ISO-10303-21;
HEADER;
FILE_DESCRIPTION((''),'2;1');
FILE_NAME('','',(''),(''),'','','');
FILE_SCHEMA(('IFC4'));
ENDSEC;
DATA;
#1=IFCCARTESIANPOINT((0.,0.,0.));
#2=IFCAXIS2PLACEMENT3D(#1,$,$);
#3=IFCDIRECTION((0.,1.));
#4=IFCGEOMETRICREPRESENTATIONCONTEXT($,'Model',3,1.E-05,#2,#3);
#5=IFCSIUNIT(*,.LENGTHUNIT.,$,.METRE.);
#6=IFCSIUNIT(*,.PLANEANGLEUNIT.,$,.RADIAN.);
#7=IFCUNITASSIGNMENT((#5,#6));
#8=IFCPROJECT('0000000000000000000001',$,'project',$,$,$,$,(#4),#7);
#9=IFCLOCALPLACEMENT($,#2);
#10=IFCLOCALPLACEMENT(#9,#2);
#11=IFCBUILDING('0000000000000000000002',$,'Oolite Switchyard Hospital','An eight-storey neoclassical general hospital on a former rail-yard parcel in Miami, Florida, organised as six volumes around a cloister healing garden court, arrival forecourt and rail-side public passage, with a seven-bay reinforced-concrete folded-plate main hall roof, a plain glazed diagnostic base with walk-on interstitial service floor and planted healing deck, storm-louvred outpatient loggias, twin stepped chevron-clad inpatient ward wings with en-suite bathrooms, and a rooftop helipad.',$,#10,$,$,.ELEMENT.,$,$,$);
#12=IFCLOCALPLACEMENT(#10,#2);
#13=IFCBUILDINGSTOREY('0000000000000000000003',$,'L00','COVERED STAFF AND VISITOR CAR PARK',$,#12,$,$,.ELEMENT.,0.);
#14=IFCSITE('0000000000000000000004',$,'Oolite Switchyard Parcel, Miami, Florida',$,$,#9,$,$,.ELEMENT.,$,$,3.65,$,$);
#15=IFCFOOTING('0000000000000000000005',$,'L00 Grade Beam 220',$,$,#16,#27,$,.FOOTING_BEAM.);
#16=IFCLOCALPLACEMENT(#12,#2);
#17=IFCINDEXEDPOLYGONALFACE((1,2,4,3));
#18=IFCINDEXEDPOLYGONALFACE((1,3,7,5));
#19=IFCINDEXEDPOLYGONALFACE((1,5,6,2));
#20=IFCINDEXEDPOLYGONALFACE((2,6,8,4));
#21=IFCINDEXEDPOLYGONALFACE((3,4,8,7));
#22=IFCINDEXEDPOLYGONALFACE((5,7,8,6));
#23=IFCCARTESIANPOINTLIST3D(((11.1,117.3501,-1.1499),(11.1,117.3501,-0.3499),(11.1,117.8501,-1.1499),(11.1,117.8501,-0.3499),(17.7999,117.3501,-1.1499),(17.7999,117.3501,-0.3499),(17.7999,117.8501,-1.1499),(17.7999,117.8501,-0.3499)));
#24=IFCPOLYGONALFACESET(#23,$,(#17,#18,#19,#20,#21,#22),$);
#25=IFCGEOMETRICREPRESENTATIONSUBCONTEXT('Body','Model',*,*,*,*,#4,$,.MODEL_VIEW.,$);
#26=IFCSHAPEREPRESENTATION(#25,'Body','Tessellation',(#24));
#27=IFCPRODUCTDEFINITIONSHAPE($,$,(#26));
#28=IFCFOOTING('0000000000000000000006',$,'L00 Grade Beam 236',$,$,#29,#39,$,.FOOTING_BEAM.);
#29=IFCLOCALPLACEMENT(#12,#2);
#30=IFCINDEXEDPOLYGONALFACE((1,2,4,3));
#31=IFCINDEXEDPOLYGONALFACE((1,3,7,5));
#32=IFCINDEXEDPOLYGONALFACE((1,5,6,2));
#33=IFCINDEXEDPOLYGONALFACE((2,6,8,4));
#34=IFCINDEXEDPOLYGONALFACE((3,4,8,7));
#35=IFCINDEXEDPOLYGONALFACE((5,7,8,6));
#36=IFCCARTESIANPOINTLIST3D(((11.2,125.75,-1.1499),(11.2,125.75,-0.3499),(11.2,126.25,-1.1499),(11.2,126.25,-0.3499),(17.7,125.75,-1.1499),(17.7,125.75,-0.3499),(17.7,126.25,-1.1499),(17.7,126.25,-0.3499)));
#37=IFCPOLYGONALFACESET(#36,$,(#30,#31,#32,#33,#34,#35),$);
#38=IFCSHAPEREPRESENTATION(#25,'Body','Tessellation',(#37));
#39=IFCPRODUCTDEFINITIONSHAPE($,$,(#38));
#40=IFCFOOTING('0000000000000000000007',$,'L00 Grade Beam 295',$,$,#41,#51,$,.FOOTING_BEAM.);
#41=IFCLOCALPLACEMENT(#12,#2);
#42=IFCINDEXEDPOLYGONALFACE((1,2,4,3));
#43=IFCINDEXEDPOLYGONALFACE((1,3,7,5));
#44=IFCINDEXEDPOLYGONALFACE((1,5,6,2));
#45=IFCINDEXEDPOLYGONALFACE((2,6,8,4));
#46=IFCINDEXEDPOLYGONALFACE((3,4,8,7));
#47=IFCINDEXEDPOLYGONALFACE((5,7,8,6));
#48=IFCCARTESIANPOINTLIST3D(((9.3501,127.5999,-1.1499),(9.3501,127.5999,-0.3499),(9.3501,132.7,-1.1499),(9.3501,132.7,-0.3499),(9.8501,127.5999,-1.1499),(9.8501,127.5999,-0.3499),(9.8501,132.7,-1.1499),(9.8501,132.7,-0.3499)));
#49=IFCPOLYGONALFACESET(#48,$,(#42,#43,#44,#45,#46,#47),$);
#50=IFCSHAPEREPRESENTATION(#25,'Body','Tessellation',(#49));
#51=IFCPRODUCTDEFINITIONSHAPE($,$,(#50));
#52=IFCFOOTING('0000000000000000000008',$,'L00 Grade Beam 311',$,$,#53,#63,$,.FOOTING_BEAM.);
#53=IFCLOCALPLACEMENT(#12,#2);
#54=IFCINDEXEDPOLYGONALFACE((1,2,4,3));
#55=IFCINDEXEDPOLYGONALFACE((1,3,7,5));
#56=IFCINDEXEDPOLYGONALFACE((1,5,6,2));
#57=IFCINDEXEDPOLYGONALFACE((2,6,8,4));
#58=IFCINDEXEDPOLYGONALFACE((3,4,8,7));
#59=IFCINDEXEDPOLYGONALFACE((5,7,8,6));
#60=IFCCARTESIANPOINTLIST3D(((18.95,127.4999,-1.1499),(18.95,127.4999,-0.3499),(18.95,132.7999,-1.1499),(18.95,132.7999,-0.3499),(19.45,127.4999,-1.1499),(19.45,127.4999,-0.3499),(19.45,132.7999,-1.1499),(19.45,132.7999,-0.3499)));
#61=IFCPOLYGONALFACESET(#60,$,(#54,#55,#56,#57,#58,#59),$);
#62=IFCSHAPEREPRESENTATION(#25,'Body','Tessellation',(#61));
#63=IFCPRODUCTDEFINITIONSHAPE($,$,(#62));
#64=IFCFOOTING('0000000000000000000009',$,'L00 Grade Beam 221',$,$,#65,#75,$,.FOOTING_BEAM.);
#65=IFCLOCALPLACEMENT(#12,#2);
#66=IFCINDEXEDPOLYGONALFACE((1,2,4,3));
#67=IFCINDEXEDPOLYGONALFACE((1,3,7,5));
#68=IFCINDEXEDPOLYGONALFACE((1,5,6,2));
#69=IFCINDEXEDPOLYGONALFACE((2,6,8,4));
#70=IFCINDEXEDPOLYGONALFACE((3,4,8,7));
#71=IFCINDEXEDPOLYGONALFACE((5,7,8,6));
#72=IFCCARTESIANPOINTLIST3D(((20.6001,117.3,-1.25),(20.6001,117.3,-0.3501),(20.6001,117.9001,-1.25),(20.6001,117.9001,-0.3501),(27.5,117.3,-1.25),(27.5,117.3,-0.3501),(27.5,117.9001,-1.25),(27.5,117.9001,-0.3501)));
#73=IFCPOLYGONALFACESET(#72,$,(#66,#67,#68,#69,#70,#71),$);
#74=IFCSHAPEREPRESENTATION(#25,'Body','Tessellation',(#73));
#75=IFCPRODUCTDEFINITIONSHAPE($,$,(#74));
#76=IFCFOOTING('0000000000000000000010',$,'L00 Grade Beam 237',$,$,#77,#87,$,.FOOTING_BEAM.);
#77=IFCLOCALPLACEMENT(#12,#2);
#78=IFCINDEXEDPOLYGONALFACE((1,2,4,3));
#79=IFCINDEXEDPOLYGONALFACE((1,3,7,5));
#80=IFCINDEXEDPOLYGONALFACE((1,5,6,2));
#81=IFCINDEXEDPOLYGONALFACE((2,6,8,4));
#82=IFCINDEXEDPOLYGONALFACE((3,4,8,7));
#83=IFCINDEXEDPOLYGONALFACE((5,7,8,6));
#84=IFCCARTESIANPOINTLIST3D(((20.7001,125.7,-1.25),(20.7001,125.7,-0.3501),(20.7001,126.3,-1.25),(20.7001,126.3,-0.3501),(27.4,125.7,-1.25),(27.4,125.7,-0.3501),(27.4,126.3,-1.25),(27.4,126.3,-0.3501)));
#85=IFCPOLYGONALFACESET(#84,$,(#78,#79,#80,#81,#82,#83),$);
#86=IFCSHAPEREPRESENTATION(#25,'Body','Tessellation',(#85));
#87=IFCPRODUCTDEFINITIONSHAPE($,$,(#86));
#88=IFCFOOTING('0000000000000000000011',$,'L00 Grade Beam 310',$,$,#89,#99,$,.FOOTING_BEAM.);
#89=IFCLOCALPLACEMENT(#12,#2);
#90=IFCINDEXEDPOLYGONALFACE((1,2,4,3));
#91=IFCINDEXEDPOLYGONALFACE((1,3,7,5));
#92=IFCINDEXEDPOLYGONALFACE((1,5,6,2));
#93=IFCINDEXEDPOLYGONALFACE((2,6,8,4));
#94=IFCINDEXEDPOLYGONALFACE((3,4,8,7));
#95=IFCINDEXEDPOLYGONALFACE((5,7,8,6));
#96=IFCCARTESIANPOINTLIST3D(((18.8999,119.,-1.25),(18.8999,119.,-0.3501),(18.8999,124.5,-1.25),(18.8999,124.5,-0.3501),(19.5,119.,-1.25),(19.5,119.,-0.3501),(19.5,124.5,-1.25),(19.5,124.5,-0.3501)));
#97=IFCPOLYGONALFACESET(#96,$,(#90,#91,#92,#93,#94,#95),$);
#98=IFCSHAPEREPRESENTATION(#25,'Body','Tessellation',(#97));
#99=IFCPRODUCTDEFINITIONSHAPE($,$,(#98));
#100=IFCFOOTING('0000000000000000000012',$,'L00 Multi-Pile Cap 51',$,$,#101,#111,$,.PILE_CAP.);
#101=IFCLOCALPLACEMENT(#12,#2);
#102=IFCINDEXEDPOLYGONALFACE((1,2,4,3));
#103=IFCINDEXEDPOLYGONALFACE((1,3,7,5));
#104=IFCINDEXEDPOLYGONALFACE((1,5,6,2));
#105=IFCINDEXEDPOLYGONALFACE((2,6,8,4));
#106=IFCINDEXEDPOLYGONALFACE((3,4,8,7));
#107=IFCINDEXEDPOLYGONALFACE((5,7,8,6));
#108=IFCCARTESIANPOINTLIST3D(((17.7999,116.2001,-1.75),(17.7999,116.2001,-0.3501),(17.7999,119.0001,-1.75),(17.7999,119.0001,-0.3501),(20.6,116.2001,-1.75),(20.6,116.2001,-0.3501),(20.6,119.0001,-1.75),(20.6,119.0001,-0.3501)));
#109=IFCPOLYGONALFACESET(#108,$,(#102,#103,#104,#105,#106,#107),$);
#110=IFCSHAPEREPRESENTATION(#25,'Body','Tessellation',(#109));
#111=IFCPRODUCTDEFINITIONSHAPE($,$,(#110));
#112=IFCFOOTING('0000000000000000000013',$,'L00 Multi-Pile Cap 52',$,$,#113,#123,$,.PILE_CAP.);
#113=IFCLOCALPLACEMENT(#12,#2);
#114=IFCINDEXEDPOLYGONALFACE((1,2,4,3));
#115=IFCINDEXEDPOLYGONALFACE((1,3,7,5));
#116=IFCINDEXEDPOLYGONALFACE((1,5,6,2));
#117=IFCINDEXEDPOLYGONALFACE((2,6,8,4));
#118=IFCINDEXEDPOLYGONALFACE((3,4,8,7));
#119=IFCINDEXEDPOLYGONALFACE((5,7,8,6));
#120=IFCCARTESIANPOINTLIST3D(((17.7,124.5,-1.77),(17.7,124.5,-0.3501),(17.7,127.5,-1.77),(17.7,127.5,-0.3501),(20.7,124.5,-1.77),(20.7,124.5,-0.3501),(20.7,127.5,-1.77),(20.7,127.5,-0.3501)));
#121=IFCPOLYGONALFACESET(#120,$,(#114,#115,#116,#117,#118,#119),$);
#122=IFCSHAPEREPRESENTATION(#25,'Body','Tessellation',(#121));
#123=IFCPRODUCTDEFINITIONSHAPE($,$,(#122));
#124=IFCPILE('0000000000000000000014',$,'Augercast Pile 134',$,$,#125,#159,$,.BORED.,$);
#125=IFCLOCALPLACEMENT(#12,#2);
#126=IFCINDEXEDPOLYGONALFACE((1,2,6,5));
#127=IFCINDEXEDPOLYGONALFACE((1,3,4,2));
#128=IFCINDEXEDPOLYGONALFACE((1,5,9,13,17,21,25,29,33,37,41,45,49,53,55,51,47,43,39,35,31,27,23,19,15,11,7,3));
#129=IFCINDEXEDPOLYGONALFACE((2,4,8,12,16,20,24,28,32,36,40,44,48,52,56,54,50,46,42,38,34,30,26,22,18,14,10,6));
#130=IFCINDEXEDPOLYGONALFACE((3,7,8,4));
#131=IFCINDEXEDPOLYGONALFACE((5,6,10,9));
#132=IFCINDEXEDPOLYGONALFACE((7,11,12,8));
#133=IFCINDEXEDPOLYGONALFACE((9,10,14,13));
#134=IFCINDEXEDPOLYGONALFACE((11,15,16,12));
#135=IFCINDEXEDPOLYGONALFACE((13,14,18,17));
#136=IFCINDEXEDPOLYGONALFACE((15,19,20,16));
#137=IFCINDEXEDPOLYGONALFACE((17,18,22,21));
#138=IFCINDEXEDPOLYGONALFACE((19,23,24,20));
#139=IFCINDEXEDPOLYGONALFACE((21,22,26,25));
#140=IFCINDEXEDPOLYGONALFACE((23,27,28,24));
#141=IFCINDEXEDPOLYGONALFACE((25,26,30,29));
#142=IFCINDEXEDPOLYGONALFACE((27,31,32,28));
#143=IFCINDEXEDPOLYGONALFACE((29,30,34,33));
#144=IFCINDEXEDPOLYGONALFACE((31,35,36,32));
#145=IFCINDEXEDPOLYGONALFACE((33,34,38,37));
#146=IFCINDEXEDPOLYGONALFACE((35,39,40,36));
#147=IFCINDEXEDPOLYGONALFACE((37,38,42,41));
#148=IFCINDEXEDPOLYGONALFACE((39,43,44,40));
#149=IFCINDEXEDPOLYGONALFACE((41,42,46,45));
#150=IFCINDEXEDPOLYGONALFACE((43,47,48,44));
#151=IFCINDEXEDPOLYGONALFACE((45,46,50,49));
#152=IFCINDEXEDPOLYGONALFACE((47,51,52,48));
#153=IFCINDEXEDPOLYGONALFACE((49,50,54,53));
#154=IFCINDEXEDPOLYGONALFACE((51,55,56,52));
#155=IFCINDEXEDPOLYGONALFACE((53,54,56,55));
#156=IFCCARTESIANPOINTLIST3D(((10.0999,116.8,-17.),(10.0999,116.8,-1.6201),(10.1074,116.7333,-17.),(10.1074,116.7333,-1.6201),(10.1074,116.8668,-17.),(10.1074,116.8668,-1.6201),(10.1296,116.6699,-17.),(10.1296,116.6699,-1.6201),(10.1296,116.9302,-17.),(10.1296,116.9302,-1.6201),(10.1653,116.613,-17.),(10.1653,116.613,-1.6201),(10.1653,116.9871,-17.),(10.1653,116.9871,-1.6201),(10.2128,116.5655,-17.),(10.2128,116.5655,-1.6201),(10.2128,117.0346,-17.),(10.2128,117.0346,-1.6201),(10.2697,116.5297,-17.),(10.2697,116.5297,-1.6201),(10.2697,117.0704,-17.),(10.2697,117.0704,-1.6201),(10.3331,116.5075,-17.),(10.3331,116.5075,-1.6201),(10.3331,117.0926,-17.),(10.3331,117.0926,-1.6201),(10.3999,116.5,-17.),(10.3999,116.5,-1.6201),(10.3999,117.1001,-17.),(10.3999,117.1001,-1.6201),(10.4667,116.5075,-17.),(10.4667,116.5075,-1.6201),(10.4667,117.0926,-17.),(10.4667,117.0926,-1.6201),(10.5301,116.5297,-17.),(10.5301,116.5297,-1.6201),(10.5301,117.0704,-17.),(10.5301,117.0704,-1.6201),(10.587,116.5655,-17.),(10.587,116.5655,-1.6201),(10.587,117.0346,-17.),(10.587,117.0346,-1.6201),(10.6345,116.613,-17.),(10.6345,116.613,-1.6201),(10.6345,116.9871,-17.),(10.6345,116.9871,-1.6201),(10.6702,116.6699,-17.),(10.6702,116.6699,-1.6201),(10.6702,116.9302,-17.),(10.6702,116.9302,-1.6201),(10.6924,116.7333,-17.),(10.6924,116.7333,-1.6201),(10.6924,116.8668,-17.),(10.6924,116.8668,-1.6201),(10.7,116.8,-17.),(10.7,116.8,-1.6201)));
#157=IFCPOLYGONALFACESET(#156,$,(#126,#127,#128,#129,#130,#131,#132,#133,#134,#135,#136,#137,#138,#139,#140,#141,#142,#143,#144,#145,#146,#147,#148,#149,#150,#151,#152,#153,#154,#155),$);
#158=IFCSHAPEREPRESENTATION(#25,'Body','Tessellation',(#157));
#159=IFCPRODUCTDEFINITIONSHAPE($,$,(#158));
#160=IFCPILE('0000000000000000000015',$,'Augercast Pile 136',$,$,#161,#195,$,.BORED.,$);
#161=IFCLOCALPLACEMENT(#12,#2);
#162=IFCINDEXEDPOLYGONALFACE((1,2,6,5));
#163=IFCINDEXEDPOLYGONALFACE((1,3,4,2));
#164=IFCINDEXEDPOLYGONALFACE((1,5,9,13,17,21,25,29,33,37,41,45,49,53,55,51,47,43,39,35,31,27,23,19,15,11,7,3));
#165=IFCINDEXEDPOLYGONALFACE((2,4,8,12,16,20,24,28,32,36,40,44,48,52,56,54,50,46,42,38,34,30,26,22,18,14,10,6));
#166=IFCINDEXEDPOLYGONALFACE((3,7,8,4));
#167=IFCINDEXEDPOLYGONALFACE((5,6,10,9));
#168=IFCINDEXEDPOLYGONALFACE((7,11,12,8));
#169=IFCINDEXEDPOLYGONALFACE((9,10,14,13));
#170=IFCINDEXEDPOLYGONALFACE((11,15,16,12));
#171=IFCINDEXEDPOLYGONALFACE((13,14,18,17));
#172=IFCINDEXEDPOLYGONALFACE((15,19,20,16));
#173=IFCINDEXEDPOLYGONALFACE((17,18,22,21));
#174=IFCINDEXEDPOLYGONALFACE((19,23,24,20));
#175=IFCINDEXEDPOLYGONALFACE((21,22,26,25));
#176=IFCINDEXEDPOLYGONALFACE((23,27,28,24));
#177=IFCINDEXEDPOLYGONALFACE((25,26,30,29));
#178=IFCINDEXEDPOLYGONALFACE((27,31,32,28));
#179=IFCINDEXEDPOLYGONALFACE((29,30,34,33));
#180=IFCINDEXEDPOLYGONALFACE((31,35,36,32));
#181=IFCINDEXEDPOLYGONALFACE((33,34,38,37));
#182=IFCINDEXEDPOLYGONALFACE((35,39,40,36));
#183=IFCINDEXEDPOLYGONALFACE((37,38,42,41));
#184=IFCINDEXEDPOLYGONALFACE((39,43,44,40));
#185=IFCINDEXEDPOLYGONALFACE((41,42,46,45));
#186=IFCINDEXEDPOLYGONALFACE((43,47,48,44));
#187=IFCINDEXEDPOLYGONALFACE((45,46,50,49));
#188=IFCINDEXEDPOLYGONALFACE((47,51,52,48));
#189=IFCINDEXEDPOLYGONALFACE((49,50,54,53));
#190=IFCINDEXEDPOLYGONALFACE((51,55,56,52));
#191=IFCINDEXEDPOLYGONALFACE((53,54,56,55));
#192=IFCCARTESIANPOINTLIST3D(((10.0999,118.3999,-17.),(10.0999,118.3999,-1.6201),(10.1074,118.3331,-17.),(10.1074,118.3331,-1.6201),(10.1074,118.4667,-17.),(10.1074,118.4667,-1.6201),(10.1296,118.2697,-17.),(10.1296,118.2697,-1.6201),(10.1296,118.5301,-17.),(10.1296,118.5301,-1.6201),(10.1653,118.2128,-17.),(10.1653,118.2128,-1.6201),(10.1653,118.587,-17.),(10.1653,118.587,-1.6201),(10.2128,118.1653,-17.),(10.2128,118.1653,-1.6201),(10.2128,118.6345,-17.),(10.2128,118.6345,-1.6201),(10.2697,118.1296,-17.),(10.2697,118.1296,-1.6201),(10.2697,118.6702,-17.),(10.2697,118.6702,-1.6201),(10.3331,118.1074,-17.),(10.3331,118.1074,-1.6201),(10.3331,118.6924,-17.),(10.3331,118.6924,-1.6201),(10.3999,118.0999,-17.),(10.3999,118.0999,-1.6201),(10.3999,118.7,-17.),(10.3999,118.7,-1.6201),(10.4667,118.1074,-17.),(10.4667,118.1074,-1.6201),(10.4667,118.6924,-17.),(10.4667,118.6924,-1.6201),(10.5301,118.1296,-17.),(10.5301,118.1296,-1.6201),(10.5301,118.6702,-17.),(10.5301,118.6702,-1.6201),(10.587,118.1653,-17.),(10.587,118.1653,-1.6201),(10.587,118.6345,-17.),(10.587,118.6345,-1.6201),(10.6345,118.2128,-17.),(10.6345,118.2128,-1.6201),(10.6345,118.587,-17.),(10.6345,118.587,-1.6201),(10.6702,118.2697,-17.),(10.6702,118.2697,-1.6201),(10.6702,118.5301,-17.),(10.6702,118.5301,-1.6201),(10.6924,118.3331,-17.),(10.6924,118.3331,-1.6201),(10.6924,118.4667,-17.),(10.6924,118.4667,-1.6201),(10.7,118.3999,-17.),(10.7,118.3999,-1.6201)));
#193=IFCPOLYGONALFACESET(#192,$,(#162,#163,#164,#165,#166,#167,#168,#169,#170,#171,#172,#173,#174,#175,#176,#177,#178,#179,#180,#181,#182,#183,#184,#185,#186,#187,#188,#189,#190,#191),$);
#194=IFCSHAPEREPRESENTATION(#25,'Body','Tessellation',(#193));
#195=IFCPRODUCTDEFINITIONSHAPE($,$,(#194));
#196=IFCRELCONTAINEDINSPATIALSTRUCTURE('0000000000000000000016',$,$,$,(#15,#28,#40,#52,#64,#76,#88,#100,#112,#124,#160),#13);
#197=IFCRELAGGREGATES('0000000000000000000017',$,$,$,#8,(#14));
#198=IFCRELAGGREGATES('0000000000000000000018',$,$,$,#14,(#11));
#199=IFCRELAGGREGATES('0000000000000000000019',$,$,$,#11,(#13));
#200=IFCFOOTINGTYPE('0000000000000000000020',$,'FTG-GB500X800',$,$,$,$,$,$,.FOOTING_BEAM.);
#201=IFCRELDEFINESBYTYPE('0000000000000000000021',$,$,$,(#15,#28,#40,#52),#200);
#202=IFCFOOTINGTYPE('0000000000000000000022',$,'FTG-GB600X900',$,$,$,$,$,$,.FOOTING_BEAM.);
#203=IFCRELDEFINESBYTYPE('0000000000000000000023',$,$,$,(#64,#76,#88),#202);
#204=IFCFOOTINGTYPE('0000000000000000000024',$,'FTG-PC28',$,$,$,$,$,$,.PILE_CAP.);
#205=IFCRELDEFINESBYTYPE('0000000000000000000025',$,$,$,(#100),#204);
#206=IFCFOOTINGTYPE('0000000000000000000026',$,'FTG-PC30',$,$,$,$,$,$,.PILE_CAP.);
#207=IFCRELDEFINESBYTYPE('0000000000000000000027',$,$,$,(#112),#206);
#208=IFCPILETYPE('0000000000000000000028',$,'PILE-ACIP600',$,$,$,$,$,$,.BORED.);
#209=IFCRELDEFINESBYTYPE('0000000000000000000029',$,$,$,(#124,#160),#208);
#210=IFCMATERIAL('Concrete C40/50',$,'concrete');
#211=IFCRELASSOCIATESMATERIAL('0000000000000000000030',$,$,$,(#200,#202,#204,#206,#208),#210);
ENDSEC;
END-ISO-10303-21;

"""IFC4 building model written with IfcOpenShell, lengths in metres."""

from ifc_helpers import new_model, si_unit, direction, frame, origin, origin_2d, place, context, subcontext, project, spatial, rectangle, circle, extrude, material, material_profile, profile_set, type_object, element, save


model = new_model("IFC4")

# Units and contexts
model_context = context("Model", 3, precision=1e-05, world=origin(), true_north=direction((0.0, 1.0)))
body_context = subcontext(model_context, "Body", "Model", "MODEL_VIEW")
ifc_project = project(units=[si_unit("LENGTHUNIT", "METRE"), si_unit("PLANEANGLEUNIT", "RADIAN")], contexts=[model_context])

# Site, building, storey
site_placement = place(None, origin())
site = spatial("IfcSite", under=ifc_project, at=site_placement, Name="Oolite Switchyard Parcel, Miami, Florida", CompositionType="ELEMENT", RefElevation=3.65)
building_placement = place(site_placement, origin())
building = spatial("IfcBuilding", under=site, at=building_placement, Name="Oolite Switchyard Hospital", Description="An eight-storey neoclassical general hospital on a former rail-yard parcel in Miami, Florida, organised as six volumes around a cloister healing garden court, arrival forecourt and rail-side public passage, with a seven-bay reinforced-concrete folded-plate main hall roof, a plain glazed diagnostic base with walk-on interstitial service floor and planted healing deck, storm-louvred outpatient loggias, twin stepped chevron-clad inpatient ward wings with en-suite bathrooms, and a rooftop helipad.", CompositionType="ELEMENT")
storey_placement = place(building_placement, origin())
storey = spatial("IfcBuildingStorey", under=building, at=storey_placement, Name="L00", Description="COVERED STAFF AND VISITOR CAR PARK", CompositionType="ELEMENT", Elevation=0.0)

# Footings
ifc_material_1 = material(Name="Concrete C40/50", Category="concrete")
footing_type_1 = type_object("IfcFootingType", Name="FTG-GB500X800", PredefinedType="FOOTING_BEAM", material=ifc_material_1)
footing_1_placement = place(storey_placement, frame((14.45, 117.6001, -1.1499), z_axis=(0.0, 0.0, 1.0), x_axis=(1.0, 0.0, 0.0)))
element("IfcFooting", 1, at=footing_1_placement, inside=storey, type_object=footing_type_1, Name="L00 Grade Beam 220", PredefinedType="FOOTING_BEAM", context=body_context, shape_type="SweptSolid", body=[
    extrude(rectangle(XDim=6.7, YDim=0.5, at=origin_2d()), origin(), (0.0, 0.0, 1.0), 0.8),
])
footing_2_placement = place(storey_placement, frame((14.45, 126.0, -1.1499), z_axis=(0.0, 0.0, 1.0), x_axis=(1.0, 0.0, 0.0)))
element("IfcFooting", 2, at=footing_2_placement, inside=storey, type_object=footing_type_1, Name="L00 Grade Beam 236", PredefinedType="FOOTING_BEAM", context=body_context, shape_type="SweptSolid", body=[
    extrude(rectangle(XDim=6.5, YDim=0.5, at=origin_2d()), origin(), (0.0, 0.0, 1.0), 0.8),
])
footing_3_placement = place(storey_placement, frame((9.6001, 130.1499, -1.1499), z_axis=(0.0, 0.0, 1.0), x_axis=(0.0, 1.0, 0.0)))
element("IfcFooting", 3, at=footing_3_placement, inside=storey, type_object=footing_type_1, Name="L00 Grade Beam 295", PredefinedType="FOOTING_BEAM", context=body_context, shape_type="SweptSolid", body=[
    extrude(rectangle(XDim=5.1001, YDim=0.5, at=origin_2d()), origin(), (0.0, 0.0, 1.0), 0.8),
])
footing_4_placement = place(storey_placement, frame((19.2, 130.1499, -1.1499), z_axis=(0.0, 0.0, 1.0), x_axis=(0.0, 1.0, 0.0)))
element("IfcFooting", 4, at=footing_4_placement, inside=storey, type_object=footing_type_1, Name="L00 Grade Beam 311", PredefinedType="FOOTING_BEAM", context=body_context, shape_type="SweptSolid", body=[
    extrude(rectangle(XDim=5.3, YDim=0.5, at=origin_2d()), origin(), (0.0, 0.0, 1.0), 0.8),
])
footing_type_2 = type_object("IfcFootingType", Name="FTG-GB600X900", PredefinedType="FOOTING_BEAM", material=ifc_material_1)
footing_5_placement = place(storey_placement, frame((24.05, 117.6001, -1.25), z_axis=(0.0, 0.0, 1.0), x_axis=(1.0, 0.0, 0.0)))
element("IfcFooting", 5, at=footing_5_placement, inside=storey, type_object=footing_type_2, Name="L00 Grade Beam 221", PredefinedType="FOOTING_BEAM", context=body_context, shape_type="SweptSolid", body=[
    extrude(rectangle(XDim=6.8999, YDim=0.6001, at=origin_2d()), origin(), (0.0, 0.0, 1.0), 0.8999),
])
footing_6_placement = place(storey_placement, frame((24.05, 126.0, -1.25), z_axis=(0.0, 0.0, 1.0), x_axis=(1.0, 0.0, 0.0)))
element("IfcFooting", 6, at=footing_6_placement, inside=storey, type_object=footing_type_2, Name="L00 Grade Beam 237", PredefinedType="FOOTING_BEAM", context=body_context, shape_type="SweptSolid", body=[
    extrude(rectangle(XDim=6.7, YDim=0.6001, at=origin_2d()), origin(), (0.0, 0.0, 1.0), 0.8999),
])
footing_7_placement = place(storey_placement, frame((19.2, 121.75, -1.25), z_axis=(0.0, 0.0, 1.0), x_axis=(0.0, 1.0, 0.0)))
element("IfcFooting", 7, at=footing_7_placement, inside=storey, type_object=footing_type_2, Name="L00 Grade Beam 310", PredefinedType="FOOTING_BEAM", context=body_context, shape_type="SweptSolid", body=[
    extrude(rectangle(XDim=5.5, YDim=0.6001, at=origin_2d()), origin(), (0.0, 0.0, 1.0), 0.8999),
])
footing_type_3 = type_object("IfcFootingType", Name="FTG-PC28", PredefinedType="PILE_CAP", material=ifc_material_1)
footing_8_placement = place(storey_placement, frame((19.2, 117.6001, -1.75), z_axis=(0.0, 0.0, 1.0), x_axis=(1.0, 0.0, 0.0)))
element("IfcFooting", 8, at=footing_8_placement, inside=storey, type_object=footing_type_3, Name="L00 Multi-Pile Cap 51", PredefinedType="PILE_CAP", context=body_context, shape_type="SweptSolid", body=[
    extrude(rectangle(XDim=2.8, YDim=2.8, at=origin_2d()), origin(), (0.0, 0.0, 1.0), 1.3999),
])
footing_type_4 = type_object("IfcFootingType", Name="FTG-PC30", PredefinedType="PILE_CAP", material=ifc_material_1)
footing_9_placement = place(storey_placement, frame((19.2, 126.0, -1.77), z_axis=(0.0, 0.0, 1.0), x_axis=(1.0, 0.0, 0.0)))
element("IfcFooting", 9, at=footing_9_placement, inside=storey, type_object=footing_type_4, Name="L00 Multi-Pile Cap 52", PredefinedType="PILE_CAP", context=body_context, shape_type="SweptSolid", body=[
    extrude(rectangle(XDim=3.0, YDim=3.0, at=origin_2d()), origin(), (0.0, 0.0, 1.0), 1.4199),
])

# Piles
ifc_material_profile_1 = material_profile(ifc_material_1, circle(Radius=0.3, at=origin_2d()), Name="PILE600")
ifc_profile_set_1 = profile_set([ifc_material_profile_1], Name="Concrete C40/50")
pile_type = type_object("IfcPileType", Name="PILE-ACIP600", PredefinedType="BORED", material=ifc_profile_set_1)
for number, where, z_axis, x_axis, name in (
    (10, (10.3999, 116.8, -1.6201), (0.0, 0.0, -1.0), (1.0, 0.0, 0.0), "Augercast Pile 134"),
    (11, (10.3999, 118.3999, -1.6201), (0.0, 0.0, -1.0), (1.0, 0.0, 0.0), "Augercast Pile 136"),
):
    element("IfcPile", number, at=place(storey_placement, frame(where, z_axis=z_axis, x_axis=x_axis)), inside=storey, type_object=pile_type, Name=name, PredefinedType="BORED", context=body_context, shape_type="SweptSolid", body=[
        extrude(circle(Radius=0.3, at=origin_2d()), origin(), (0.0, 0.0, 1.0), 15.3799),
    ])

save(model, "model.ifc")
